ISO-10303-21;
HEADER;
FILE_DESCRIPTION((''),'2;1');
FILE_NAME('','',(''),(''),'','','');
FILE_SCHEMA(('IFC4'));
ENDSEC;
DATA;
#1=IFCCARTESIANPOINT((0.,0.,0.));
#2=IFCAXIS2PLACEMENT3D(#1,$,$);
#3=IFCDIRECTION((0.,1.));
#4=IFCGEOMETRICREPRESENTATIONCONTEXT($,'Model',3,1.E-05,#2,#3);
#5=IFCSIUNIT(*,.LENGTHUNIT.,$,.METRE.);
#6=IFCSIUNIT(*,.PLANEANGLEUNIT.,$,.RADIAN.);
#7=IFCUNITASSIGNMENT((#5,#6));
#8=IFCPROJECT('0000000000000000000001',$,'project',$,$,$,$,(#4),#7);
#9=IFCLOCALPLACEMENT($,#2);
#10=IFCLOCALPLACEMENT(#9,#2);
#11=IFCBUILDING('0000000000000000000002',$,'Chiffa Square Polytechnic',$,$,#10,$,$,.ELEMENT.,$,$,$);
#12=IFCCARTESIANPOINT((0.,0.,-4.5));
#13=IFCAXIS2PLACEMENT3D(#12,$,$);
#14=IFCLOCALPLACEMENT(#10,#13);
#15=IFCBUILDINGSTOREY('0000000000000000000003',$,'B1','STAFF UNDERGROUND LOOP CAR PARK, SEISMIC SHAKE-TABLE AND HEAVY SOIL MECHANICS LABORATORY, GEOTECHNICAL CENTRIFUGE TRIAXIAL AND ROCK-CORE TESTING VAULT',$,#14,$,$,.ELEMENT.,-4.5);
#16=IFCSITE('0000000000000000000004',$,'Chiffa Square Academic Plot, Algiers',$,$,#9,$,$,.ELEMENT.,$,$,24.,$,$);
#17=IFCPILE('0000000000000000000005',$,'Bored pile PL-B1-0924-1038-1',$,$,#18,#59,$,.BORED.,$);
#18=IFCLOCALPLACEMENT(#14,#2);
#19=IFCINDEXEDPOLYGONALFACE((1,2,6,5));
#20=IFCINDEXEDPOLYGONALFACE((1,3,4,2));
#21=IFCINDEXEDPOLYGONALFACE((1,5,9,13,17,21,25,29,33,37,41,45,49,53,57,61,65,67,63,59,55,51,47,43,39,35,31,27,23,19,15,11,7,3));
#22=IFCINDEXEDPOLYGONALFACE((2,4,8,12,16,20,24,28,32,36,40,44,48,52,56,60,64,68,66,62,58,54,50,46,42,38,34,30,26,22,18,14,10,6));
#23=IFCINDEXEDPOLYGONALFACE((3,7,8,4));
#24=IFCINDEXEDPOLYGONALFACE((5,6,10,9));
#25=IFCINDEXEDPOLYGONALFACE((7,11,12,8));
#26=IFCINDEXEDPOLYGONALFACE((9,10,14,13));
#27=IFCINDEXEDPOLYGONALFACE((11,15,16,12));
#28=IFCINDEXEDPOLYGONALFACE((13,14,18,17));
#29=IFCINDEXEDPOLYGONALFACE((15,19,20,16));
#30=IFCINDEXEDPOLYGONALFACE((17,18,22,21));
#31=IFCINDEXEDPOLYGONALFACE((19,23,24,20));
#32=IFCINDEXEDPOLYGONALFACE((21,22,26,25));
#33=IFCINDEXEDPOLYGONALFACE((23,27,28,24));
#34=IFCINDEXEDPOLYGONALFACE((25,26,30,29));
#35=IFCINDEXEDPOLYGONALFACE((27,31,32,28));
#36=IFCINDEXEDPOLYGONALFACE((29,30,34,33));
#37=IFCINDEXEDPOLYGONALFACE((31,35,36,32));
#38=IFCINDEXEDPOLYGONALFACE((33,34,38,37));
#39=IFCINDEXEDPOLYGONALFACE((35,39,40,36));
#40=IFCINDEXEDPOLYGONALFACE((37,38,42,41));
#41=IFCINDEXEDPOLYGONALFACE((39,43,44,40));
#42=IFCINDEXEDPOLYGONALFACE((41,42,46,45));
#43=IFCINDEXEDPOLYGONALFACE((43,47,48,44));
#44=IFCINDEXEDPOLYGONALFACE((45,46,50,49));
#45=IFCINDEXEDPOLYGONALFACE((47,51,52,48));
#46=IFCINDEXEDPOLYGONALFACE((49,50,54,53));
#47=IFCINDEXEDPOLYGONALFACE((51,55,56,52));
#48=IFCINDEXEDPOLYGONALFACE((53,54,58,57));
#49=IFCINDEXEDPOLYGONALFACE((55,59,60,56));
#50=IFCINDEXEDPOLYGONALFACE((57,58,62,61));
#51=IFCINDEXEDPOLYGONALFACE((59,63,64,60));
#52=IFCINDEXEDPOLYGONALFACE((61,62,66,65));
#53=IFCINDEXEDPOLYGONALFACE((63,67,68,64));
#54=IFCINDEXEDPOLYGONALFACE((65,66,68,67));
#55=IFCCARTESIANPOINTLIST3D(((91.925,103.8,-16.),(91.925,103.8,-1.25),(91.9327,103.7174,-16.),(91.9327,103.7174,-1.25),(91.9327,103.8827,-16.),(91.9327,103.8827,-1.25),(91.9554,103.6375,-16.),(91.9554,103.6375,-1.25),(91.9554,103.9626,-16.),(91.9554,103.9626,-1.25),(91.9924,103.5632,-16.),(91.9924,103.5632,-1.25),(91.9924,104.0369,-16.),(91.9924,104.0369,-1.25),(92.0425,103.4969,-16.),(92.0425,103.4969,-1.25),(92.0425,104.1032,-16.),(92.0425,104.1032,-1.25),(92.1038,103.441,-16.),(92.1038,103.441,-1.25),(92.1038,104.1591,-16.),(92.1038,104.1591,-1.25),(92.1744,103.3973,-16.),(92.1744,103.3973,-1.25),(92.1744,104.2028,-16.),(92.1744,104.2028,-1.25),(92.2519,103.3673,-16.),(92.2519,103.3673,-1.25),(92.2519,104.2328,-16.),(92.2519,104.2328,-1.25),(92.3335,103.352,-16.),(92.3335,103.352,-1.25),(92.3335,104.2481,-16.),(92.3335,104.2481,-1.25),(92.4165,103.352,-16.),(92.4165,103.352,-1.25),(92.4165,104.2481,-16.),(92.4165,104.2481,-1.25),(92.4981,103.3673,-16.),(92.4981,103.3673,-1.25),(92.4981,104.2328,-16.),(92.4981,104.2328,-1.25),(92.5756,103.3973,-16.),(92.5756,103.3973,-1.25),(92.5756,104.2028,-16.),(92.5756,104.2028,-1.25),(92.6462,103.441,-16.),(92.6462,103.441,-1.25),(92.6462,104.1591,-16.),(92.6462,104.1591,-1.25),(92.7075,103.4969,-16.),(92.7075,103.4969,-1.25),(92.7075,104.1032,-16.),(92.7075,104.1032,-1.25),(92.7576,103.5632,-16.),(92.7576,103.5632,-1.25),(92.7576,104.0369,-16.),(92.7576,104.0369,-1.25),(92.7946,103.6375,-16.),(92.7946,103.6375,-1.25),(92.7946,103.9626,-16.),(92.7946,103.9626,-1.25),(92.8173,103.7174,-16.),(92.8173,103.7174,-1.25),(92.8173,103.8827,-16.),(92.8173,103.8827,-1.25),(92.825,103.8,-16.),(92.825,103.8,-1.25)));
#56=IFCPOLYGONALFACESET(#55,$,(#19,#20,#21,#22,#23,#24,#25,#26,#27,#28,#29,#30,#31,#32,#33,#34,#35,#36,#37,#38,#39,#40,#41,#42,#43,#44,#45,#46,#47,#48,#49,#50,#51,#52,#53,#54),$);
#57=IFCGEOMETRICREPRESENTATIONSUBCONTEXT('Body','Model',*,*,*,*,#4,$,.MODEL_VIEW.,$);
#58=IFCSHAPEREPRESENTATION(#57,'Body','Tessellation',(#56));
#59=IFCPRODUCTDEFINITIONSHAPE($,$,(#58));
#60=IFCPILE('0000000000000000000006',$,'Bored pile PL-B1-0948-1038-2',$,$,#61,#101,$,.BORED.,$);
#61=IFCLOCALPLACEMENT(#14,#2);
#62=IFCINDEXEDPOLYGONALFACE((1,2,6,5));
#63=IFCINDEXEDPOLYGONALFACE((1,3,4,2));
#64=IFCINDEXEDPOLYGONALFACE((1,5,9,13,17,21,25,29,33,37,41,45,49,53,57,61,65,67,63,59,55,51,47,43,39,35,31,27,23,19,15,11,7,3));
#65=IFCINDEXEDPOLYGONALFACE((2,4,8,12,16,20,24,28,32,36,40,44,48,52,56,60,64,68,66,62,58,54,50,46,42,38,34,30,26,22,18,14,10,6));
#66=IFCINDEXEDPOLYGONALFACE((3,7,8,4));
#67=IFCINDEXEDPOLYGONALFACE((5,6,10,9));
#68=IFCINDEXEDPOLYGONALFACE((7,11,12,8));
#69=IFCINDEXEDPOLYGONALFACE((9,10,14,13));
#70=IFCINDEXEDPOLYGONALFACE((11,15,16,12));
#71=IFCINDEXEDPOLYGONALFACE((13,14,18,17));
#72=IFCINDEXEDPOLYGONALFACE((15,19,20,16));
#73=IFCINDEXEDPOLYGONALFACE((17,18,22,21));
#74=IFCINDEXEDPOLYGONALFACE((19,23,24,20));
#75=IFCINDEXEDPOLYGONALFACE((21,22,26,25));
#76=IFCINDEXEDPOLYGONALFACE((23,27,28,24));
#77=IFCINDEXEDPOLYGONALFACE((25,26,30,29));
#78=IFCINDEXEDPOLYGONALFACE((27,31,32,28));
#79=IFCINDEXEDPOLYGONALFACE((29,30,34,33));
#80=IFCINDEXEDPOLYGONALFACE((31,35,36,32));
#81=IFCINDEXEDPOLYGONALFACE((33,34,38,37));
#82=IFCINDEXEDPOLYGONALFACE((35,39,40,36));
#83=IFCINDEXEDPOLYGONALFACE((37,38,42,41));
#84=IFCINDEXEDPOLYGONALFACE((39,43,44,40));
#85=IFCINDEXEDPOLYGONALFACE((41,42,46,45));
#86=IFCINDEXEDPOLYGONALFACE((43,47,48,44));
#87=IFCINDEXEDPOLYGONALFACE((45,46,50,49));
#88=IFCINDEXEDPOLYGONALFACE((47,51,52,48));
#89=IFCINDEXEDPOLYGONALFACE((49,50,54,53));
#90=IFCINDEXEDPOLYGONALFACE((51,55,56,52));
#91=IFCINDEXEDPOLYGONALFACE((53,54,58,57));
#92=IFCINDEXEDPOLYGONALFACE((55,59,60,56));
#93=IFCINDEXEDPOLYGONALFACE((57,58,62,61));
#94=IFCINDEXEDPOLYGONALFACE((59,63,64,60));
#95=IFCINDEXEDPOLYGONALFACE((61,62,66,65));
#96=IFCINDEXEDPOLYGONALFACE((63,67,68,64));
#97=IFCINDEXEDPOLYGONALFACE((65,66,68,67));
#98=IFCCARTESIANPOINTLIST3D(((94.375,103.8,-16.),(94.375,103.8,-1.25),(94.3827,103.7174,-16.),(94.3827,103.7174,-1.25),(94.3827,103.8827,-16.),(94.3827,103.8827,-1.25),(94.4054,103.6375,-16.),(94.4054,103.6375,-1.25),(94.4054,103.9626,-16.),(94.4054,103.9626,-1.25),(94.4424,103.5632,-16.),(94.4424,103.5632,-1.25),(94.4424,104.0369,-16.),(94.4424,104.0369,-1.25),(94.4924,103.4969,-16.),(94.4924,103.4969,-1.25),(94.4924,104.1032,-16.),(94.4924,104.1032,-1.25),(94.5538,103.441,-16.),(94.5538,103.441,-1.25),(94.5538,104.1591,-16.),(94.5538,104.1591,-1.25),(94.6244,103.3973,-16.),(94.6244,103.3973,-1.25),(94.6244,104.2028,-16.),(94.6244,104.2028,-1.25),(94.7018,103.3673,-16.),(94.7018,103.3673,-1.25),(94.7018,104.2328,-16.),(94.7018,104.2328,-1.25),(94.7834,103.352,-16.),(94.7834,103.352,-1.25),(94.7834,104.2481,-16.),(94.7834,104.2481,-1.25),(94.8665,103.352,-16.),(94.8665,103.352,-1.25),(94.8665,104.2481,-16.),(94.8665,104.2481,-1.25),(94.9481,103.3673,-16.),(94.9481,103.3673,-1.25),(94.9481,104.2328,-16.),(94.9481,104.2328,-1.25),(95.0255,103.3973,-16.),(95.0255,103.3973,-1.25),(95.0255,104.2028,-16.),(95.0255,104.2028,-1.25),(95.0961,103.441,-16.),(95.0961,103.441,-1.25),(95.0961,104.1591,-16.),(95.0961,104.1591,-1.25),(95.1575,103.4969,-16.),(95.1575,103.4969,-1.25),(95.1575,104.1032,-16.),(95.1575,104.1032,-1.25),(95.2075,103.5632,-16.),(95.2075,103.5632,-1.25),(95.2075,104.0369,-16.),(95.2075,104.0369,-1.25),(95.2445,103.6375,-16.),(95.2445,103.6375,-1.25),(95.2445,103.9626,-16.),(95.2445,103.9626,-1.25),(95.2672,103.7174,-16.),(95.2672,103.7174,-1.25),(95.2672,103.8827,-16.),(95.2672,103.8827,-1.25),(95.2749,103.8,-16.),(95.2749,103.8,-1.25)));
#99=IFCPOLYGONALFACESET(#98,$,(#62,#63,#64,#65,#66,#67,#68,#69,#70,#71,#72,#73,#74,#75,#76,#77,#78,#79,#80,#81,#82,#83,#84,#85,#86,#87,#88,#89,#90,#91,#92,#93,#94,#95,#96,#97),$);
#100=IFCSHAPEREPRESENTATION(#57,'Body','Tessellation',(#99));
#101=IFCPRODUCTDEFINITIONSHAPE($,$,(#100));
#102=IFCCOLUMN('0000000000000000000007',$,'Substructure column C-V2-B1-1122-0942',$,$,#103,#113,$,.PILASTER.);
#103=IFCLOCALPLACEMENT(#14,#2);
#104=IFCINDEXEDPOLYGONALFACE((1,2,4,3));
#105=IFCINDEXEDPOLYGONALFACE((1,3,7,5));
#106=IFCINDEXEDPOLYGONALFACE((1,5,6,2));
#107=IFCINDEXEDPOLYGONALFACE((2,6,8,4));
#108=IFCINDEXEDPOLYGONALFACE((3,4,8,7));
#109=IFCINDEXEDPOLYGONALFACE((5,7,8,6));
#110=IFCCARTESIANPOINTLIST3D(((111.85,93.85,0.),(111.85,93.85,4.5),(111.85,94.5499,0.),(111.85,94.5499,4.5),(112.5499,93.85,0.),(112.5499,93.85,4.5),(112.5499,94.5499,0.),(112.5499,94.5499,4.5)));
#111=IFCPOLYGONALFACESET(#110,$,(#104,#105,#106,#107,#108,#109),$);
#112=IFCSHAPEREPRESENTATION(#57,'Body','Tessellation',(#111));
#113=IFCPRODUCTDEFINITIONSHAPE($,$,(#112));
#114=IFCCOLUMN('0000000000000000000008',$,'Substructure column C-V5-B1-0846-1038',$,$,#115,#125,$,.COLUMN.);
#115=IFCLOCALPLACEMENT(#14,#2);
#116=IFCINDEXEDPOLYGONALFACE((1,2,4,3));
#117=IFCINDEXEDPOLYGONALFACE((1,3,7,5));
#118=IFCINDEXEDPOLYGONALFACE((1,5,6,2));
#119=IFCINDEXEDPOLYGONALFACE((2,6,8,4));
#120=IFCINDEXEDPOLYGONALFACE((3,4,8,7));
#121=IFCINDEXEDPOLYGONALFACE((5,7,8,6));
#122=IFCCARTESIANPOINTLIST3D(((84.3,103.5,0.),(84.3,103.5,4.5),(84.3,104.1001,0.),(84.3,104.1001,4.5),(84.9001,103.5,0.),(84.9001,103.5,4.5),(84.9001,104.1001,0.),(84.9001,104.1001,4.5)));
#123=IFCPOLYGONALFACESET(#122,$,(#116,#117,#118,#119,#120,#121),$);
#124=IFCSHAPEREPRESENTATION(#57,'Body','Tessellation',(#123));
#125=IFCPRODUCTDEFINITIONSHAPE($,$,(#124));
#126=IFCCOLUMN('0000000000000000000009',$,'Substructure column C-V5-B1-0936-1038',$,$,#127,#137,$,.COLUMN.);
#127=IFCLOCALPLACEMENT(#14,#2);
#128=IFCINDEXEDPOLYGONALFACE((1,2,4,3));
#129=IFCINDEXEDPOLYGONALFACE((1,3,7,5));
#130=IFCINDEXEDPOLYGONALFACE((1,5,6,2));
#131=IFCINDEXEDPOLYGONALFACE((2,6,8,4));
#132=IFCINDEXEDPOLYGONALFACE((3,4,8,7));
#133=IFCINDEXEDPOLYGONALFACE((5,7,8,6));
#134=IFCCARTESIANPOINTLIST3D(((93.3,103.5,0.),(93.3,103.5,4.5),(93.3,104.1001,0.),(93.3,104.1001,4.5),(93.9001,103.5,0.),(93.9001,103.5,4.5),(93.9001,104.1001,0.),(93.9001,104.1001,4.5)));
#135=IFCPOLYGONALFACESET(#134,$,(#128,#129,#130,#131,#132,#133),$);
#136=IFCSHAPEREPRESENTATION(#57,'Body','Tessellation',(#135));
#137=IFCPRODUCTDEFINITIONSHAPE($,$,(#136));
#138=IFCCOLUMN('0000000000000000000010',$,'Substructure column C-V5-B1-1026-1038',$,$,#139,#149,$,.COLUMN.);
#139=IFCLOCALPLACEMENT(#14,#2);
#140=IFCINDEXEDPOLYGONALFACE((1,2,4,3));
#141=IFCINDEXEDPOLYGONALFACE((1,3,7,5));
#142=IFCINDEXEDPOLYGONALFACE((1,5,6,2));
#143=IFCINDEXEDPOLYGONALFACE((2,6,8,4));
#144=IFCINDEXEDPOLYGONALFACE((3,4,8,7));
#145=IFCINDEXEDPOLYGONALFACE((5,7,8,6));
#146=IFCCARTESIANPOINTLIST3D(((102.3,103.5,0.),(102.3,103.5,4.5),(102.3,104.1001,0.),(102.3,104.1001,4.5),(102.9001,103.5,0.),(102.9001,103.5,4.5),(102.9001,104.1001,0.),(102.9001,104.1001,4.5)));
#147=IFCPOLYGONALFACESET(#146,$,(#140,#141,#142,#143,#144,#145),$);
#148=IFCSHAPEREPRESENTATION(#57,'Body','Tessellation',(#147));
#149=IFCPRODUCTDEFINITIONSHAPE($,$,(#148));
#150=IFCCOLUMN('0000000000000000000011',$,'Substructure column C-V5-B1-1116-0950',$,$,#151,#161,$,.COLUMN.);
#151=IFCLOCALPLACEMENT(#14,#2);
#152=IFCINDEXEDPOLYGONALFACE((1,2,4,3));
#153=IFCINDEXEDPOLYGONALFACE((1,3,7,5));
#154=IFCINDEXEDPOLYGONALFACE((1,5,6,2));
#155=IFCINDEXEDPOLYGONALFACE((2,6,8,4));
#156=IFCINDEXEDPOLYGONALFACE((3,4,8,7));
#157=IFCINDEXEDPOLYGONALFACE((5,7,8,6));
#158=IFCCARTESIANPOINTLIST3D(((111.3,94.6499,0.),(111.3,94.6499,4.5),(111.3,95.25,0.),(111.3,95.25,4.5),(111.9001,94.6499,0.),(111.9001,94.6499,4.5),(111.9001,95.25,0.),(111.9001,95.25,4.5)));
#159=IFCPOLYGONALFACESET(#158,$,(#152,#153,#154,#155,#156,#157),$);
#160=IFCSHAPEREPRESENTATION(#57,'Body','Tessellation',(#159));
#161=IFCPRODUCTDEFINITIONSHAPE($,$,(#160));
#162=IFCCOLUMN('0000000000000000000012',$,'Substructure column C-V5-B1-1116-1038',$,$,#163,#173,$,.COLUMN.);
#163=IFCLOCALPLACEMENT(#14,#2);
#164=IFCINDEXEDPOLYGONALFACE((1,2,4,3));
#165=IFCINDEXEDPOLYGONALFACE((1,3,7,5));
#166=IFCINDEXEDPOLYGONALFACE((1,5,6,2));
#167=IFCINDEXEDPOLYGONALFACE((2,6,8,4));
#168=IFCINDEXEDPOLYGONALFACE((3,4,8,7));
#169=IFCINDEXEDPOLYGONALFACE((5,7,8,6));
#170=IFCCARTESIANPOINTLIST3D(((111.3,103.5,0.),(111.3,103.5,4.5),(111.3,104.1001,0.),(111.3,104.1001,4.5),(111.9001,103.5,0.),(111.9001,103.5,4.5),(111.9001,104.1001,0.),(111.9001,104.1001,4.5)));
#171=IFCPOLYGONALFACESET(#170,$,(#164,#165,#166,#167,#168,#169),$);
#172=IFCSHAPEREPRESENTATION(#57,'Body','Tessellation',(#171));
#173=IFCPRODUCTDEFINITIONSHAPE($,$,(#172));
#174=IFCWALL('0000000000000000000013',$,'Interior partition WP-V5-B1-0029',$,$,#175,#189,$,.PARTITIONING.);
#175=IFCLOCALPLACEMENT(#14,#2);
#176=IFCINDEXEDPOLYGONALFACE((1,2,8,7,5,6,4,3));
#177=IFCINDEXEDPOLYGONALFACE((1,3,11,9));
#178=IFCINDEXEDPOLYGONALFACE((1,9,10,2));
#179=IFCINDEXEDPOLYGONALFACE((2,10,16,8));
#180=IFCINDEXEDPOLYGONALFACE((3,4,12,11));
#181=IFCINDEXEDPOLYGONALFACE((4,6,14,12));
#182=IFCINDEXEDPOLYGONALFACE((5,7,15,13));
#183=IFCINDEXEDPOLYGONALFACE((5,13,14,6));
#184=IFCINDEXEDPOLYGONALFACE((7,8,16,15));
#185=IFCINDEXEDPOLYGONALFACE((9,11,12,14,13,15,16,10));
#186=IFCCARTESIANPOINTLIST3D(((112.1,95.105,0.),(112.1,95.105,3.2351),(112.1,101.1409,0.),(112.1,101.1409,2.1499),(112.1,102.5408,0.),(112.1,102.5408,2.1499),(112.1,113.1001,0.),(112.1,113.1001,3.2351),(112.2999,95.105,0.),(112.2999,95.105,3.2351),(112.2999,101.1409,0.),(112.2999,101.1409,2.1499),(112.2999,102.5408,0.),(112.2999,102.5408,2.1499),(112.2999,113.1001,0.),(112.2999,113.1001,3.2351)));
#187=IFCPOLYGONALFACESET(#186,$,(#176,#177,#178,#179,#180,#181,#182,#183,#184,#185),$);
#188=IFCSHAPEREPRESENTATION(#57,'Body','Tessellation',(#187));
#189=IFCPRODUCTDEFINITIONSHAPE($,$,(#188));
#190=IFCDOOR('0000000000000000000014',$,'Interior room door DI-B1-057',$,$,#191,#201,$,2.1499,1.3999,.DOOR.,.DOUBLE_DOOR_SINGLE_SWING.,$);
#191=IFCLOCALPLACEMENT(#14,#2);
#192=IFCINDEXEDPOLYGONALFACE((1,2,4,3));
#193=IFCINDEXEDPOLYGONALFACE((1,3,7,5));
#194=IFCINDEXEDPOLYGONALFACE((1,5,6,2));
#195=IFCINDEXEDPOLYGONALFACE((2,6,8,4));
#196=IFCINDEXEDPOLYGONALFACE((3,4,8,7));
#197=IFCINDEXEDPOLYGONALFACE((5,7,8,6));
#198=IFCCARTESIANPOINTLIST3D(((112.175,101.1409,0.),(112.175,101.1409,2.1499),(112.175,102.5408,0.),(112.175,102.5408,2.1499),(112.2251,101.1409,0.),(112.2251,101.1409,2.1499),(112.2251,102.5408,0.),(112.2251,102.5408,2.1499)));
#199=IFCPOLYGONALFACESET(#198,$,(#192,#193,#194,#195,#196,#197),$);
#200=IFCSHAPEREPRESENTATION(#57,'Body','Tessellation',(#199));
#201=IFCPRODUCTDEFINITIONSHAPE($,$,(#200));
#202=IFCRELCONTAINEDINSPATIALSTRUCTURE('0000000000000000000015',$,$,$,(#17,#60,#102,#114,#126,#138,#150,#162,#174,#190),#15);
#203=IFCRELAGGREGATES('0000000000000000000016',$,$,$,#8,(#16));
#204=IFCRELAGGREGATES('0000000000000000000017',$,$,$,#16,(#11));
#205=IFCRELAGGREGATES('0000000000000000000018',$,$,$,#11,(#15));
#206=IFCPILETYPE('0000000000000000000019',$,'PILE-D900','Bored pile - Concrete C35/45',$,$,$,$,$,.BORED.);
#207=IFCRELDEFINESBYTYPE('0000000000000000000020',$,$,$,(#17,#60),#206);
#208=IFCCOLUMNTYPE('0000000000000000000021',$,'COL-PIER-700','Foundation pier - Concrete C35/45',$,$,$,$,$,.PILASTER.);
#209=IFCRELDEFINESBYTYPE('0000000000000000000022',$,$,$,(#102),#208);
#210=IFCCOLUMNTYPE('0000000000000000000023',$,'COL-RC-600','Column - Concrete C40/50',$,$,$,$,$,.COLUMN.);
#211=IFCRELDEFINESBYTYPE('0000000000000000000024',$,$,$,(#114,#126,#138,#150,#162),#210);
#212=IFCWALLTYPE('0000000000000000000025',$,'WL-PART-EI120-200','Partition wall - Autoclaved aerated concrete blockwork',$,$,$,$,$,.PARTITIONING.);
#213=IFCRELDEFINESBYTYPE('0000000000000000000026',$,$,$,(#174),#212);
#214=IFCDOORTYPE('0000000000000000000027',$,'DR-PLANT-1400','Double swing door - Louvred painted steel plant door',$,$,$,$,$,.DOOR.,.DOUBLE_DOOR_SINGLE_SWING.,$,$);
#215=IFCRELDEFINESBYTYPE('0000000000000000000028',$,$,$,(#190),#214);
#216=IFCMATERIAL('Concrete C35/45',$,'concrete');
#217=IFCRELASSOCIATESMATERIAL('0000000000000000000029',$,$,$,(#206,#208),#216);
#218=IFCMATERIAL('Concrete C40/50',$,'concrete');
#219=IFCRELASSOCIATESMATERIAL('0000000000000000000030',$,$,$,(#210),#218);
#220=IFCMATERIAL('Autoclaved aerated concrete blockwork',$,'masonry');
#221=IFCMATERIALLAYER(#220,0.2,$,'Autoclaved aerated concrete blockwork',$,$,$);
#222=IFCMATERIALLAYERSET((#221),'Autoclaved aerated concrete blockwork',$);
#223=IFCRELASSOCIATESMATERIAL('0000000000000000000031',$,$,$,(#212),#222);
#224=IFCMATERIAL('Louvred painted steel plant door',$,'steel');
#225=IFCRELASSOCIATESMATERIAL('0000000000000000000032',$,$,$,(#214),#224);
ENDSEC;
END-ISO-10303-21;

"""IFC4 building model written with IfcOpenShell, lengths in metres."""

from ifc_helpers import new_model, si_unit, direction, frame, frame_2d, origin, origin_2d, place, context, subcontext, project, spatial, rectangle, circle, extrude, material, layer, layer_set, material_profile, profile_set, type_object, element, fill, save


model = new_model("IFC4")

# Units and contexts
model_context = context("Model", 3, precision=1e-05, world=origin(), true_north=direction((0.0, 1.0)))
body_context = subcontext(model_context, "Body", "Model", "MODEL_VIEW")
ifc_project = project(units=[si_unit("LENGTHUNIT", "METRE"), si_unit("PLANEANGLEUNIT", "RADIAN")], contexts=[model_context])

# Site, building, storey
site_placement = place(None, origin())
site = spatial("IfcSite", under=ifc_project, at=site_placement, Name="Chiffa Square Academic Plot, Algiers", CompositionType="ELEMENT", RefElevation=24.0)
building_placement = place(site_placement, origin())
building = spatial("IfcBuilding", under=site, at=building_placement, Name="Chiffa Square Polytechnic", CompositionType="ELEMENT")
storey_placement = place(building_placement, frame((0.0, 0.0, -4.5)))
storey = spatial("IfcBuildingStorey", under=building, at=storey_placement, Name="B1", Description="STAFF UNDERGROUND LOOP CAR PARK, SEISMIC SHAKE-TABLE AND HEAVY SOIL MECHANICS LABORATORY, GEOTECHNICAL CENTRIFUGE TRIAXIAL AND ROCK-CORE TESTING VAULT", CompositionType="ELEMENT", Elevation=-4.5)

# Shared definitions
ifc_material_1 = material(Name="Concrete C35/45", Category="concrete")

# Piles
ifc_material_profile_1 = material_profile(ifc_material_1, circle(Radius=0.45, at=origin_2d()), Name="PILE D900")
ifc_profile_set_1 = profile_set([ifc_material_profile_1], Name="Concrete C35/45")
pile_type_1 = type_object("IfcPileType", Name="PILE-D900", Description="Bored pile - Concrete C35/45", PredefinedType="BORED", material=ifc_profile_set_1)
for number, where, z_axis, x_axis, name in (
    (1, (92.375, 103.8, -1.25), (0.0, 0.0, -1.0), (1.0, 0.0, 0.0), "Bored pile PL-B1-0924-1038-1"),
    (2, (94.825, 103.8, -1.25), (0.0, 0.0, -1.0), (1.0, 0.0, 0.0), "Bored pile PL-B1-0948-1038-2"),
):
    element("IfcPile", number, at=place(storey_placement, frame(where, z_axis=z_axis, x_axis=x_axis)), inside=storey, type_object=pile_type_1, Name=name, PredefinedType="BORED", context=body_context, shape_type="SweptSolid", body=[
        extrude(circle(Radius=0.45, at=origin_2d()), origin(), (0.0, 0.0, 1.0), 14.75),
    ])

# Columns
ifc_material_profile_2 = material_profile(ifc_material_1, rectangle(XDim=0.7, YDim=0.7, at=origin_2d()), Name="RC 700x700")
ifc_profile_set_2 = profile_set([ifc_material_profile_2], Name="Concrete C35/45")
column_type_1 = type_object("IfcColumnType", Name="COL-PIER-700", Description="Foundation pier - Concrete C35/45", PredefinedType="PILASTER", material=ifc_profile_set_2)
column_placement = place(storey_placement, frame((112.2, 94.2, 0.0), z_axis=(0.0, 0.0, 1.0), x_axis=(1.0, 0.0, 0.0)))
element("IfcColumn", 3, at=column_placement, inside=storey, type_object=column_type_1, Name="Substructure column C-V2-B1-1122-0942", PredefinedType="PILASTER", context=body_context, shape_type="SweptSolid", body=[
    extrude(rectangle(XDim=0.7, YDim=0.7, at=origin_2d()), origin(), (0.0, 0.0, 1.0), 4.5),
])
ifc_material_2 = material(Name="Concrete C40/50", Category="concrete")
ifc_material_profile_3 = material_profile(ifc_material_2, rectangle(XDim=0.6001, YDim=0.6001, at=origin_2d()), Name="RC 600x600")
ifc_profile_set_3 = profile_set([ifc_material_profile_3], Name="Concrete C40/50")
column_type_2 = type_object("IfcColumnType", Name="COL-RC-600", Description="Column - Concrete C40/50", PredefinedType="COLUMN", material=ifc_profile_set_3)
for number, where, z_axis, x_axis, name in (
    (4, (84.6001, 103.8, 0.0), (0.0, 0.0, 1.0), (1.0, 0.0, 0.0), "Substructure column C-V5-B1-0846-1038"),
    (5, (93.6001, 103.8, 0.0), (0.0, 0.0, 1.0), (1.0, 0.0, 0.0), "Substructure column C-V5-B1-0936-1038"),
    (6, (102.6001, 103.8, 0.0), (0.0, 0.0, 1.0), (1.0, 0.0, 0.0), "Substructure column C-V5-B1-1026-1038"),
    (7, (111.6001, 94.95, 0.0), (0.0, 0.0, 1.0), (1.0, 0.0, 0.0), "Substructure column C-V5-B1-1116-0950"),
    (8, (111.6001, 103.8, 0.0), (0.0, 0.0, 1.0), (1.0, 0.0, 0.0), "Substructure column C-V5-B1-1116-1038"),
):
    element("IfcColumn", number, at=place(storey_placement, frame(where, z_axis=z_axis, x_axis=x_axis)), inside=storey, type_object=column_type_2, Name=name, PredefinedType="COLUMN", context=body_context, shape_type="SweptSolid", body=[
        extrude(rectangle(XDim=0.6001, YDim=0.6001, at=origin_2d()), origin(), (0.0, 0.0, 1.0), 4.5),
    ])

# Wall, opening, door
ifc_material_3 = material(Name="Autoclaved aerated concrete blockwork", Category="masonry")
ifc_layer_1 = layer(ifc_material_3, 0.2, Name="Autoclaved aerated concrete blockwork")
ifc_layer_set_1 = layer_set([ifc_layer_1], Name="Autoclaved aerated concrete blockwork")
wall_type = type_object("IfcWallType", Name="WL-PART-EI120-200", Description="Partition wall - Autoclaved aerated concrete blockwork", PredefinedType="PARTITIONING", material=ifc_layer_set_1)
wall_placement = place(storey_placement, frame((112.2, 95.105, 0.0), z_axis=(0.0, 0.0, 1.0), x_axis=(0.0, 1.0, 0.0)))
wall = element("IfcWall", 9, at=wall_placement, inside=storey, type_object=wall_type, Name="Interior partition WP-V5-B1-0029", PredefinedType="PARTITIONING", context=body_context, shape_type="SweptSolid", body=[
    extrude(rectangle(XDim=17.9951, YDim=0.2, at=frame_2d((8.9976, 0.0))), origin(), (0.0, 0.0, 1.0), 3.2351),
])
opening_placement = place(wall_placement, frame((6.0359, 0.0, 0.0)))
opening = element("IfcOpeningElement", 10, at=opening_placement, cuts=wall, PredefinedType="OPENING", context=body_context, shape_type="SweptSolid", body=[
    extrude(rectangle(XDim=1.3999, YDim=2.1499, at=frame_2d((0.7, 1.075))), frame((0.0, 0.1099, 0.0), z_axis=(0.0, -1.0, 0.0), x_axis=(1.0, 0.0, 0.0)), (0.0, 0.0, 1.0), 0.22),
])
ifc_material_4 = material(Name="Louvred painted steel plant door", Category="steel")
door_type = type_object("IfcDoorType", Name="DR-PLANT-1400", Description="Double swing door - Louvred painted steel plant door", OperationType="DOUBLE_DOOR_SINGLE_SWING", PredefinedType="DOOR", material=ifc_material_4)
door_placement = place(opening_placement, origin())
door = element("IfcDoor", 11, at=door_placement, inside=storey, type_object=door_type, Name="Interior room door DI-B1-057", OperationType="DOUBLE_DOOR_SINGLE_SWING", OverallHeight=2.1499, OverallWidth=1.3999, PredefinedType="DOOR", context=body_context, shape_type="SweptSolid", body=[
    extrude(rectangle(XDim=1.3999, YDim=2.1499, at=frame_2d((0.7, 1.075))), frame((0.0, 0.0249, 0.0), z_axis=(0.0, -1.0, 0.0), x_axis=(1.0, 0.0, 0.0)), (0.0, 0.0, 1.0), 0.05),
])
fill(opening, door)

save(model, "model.ifc")
